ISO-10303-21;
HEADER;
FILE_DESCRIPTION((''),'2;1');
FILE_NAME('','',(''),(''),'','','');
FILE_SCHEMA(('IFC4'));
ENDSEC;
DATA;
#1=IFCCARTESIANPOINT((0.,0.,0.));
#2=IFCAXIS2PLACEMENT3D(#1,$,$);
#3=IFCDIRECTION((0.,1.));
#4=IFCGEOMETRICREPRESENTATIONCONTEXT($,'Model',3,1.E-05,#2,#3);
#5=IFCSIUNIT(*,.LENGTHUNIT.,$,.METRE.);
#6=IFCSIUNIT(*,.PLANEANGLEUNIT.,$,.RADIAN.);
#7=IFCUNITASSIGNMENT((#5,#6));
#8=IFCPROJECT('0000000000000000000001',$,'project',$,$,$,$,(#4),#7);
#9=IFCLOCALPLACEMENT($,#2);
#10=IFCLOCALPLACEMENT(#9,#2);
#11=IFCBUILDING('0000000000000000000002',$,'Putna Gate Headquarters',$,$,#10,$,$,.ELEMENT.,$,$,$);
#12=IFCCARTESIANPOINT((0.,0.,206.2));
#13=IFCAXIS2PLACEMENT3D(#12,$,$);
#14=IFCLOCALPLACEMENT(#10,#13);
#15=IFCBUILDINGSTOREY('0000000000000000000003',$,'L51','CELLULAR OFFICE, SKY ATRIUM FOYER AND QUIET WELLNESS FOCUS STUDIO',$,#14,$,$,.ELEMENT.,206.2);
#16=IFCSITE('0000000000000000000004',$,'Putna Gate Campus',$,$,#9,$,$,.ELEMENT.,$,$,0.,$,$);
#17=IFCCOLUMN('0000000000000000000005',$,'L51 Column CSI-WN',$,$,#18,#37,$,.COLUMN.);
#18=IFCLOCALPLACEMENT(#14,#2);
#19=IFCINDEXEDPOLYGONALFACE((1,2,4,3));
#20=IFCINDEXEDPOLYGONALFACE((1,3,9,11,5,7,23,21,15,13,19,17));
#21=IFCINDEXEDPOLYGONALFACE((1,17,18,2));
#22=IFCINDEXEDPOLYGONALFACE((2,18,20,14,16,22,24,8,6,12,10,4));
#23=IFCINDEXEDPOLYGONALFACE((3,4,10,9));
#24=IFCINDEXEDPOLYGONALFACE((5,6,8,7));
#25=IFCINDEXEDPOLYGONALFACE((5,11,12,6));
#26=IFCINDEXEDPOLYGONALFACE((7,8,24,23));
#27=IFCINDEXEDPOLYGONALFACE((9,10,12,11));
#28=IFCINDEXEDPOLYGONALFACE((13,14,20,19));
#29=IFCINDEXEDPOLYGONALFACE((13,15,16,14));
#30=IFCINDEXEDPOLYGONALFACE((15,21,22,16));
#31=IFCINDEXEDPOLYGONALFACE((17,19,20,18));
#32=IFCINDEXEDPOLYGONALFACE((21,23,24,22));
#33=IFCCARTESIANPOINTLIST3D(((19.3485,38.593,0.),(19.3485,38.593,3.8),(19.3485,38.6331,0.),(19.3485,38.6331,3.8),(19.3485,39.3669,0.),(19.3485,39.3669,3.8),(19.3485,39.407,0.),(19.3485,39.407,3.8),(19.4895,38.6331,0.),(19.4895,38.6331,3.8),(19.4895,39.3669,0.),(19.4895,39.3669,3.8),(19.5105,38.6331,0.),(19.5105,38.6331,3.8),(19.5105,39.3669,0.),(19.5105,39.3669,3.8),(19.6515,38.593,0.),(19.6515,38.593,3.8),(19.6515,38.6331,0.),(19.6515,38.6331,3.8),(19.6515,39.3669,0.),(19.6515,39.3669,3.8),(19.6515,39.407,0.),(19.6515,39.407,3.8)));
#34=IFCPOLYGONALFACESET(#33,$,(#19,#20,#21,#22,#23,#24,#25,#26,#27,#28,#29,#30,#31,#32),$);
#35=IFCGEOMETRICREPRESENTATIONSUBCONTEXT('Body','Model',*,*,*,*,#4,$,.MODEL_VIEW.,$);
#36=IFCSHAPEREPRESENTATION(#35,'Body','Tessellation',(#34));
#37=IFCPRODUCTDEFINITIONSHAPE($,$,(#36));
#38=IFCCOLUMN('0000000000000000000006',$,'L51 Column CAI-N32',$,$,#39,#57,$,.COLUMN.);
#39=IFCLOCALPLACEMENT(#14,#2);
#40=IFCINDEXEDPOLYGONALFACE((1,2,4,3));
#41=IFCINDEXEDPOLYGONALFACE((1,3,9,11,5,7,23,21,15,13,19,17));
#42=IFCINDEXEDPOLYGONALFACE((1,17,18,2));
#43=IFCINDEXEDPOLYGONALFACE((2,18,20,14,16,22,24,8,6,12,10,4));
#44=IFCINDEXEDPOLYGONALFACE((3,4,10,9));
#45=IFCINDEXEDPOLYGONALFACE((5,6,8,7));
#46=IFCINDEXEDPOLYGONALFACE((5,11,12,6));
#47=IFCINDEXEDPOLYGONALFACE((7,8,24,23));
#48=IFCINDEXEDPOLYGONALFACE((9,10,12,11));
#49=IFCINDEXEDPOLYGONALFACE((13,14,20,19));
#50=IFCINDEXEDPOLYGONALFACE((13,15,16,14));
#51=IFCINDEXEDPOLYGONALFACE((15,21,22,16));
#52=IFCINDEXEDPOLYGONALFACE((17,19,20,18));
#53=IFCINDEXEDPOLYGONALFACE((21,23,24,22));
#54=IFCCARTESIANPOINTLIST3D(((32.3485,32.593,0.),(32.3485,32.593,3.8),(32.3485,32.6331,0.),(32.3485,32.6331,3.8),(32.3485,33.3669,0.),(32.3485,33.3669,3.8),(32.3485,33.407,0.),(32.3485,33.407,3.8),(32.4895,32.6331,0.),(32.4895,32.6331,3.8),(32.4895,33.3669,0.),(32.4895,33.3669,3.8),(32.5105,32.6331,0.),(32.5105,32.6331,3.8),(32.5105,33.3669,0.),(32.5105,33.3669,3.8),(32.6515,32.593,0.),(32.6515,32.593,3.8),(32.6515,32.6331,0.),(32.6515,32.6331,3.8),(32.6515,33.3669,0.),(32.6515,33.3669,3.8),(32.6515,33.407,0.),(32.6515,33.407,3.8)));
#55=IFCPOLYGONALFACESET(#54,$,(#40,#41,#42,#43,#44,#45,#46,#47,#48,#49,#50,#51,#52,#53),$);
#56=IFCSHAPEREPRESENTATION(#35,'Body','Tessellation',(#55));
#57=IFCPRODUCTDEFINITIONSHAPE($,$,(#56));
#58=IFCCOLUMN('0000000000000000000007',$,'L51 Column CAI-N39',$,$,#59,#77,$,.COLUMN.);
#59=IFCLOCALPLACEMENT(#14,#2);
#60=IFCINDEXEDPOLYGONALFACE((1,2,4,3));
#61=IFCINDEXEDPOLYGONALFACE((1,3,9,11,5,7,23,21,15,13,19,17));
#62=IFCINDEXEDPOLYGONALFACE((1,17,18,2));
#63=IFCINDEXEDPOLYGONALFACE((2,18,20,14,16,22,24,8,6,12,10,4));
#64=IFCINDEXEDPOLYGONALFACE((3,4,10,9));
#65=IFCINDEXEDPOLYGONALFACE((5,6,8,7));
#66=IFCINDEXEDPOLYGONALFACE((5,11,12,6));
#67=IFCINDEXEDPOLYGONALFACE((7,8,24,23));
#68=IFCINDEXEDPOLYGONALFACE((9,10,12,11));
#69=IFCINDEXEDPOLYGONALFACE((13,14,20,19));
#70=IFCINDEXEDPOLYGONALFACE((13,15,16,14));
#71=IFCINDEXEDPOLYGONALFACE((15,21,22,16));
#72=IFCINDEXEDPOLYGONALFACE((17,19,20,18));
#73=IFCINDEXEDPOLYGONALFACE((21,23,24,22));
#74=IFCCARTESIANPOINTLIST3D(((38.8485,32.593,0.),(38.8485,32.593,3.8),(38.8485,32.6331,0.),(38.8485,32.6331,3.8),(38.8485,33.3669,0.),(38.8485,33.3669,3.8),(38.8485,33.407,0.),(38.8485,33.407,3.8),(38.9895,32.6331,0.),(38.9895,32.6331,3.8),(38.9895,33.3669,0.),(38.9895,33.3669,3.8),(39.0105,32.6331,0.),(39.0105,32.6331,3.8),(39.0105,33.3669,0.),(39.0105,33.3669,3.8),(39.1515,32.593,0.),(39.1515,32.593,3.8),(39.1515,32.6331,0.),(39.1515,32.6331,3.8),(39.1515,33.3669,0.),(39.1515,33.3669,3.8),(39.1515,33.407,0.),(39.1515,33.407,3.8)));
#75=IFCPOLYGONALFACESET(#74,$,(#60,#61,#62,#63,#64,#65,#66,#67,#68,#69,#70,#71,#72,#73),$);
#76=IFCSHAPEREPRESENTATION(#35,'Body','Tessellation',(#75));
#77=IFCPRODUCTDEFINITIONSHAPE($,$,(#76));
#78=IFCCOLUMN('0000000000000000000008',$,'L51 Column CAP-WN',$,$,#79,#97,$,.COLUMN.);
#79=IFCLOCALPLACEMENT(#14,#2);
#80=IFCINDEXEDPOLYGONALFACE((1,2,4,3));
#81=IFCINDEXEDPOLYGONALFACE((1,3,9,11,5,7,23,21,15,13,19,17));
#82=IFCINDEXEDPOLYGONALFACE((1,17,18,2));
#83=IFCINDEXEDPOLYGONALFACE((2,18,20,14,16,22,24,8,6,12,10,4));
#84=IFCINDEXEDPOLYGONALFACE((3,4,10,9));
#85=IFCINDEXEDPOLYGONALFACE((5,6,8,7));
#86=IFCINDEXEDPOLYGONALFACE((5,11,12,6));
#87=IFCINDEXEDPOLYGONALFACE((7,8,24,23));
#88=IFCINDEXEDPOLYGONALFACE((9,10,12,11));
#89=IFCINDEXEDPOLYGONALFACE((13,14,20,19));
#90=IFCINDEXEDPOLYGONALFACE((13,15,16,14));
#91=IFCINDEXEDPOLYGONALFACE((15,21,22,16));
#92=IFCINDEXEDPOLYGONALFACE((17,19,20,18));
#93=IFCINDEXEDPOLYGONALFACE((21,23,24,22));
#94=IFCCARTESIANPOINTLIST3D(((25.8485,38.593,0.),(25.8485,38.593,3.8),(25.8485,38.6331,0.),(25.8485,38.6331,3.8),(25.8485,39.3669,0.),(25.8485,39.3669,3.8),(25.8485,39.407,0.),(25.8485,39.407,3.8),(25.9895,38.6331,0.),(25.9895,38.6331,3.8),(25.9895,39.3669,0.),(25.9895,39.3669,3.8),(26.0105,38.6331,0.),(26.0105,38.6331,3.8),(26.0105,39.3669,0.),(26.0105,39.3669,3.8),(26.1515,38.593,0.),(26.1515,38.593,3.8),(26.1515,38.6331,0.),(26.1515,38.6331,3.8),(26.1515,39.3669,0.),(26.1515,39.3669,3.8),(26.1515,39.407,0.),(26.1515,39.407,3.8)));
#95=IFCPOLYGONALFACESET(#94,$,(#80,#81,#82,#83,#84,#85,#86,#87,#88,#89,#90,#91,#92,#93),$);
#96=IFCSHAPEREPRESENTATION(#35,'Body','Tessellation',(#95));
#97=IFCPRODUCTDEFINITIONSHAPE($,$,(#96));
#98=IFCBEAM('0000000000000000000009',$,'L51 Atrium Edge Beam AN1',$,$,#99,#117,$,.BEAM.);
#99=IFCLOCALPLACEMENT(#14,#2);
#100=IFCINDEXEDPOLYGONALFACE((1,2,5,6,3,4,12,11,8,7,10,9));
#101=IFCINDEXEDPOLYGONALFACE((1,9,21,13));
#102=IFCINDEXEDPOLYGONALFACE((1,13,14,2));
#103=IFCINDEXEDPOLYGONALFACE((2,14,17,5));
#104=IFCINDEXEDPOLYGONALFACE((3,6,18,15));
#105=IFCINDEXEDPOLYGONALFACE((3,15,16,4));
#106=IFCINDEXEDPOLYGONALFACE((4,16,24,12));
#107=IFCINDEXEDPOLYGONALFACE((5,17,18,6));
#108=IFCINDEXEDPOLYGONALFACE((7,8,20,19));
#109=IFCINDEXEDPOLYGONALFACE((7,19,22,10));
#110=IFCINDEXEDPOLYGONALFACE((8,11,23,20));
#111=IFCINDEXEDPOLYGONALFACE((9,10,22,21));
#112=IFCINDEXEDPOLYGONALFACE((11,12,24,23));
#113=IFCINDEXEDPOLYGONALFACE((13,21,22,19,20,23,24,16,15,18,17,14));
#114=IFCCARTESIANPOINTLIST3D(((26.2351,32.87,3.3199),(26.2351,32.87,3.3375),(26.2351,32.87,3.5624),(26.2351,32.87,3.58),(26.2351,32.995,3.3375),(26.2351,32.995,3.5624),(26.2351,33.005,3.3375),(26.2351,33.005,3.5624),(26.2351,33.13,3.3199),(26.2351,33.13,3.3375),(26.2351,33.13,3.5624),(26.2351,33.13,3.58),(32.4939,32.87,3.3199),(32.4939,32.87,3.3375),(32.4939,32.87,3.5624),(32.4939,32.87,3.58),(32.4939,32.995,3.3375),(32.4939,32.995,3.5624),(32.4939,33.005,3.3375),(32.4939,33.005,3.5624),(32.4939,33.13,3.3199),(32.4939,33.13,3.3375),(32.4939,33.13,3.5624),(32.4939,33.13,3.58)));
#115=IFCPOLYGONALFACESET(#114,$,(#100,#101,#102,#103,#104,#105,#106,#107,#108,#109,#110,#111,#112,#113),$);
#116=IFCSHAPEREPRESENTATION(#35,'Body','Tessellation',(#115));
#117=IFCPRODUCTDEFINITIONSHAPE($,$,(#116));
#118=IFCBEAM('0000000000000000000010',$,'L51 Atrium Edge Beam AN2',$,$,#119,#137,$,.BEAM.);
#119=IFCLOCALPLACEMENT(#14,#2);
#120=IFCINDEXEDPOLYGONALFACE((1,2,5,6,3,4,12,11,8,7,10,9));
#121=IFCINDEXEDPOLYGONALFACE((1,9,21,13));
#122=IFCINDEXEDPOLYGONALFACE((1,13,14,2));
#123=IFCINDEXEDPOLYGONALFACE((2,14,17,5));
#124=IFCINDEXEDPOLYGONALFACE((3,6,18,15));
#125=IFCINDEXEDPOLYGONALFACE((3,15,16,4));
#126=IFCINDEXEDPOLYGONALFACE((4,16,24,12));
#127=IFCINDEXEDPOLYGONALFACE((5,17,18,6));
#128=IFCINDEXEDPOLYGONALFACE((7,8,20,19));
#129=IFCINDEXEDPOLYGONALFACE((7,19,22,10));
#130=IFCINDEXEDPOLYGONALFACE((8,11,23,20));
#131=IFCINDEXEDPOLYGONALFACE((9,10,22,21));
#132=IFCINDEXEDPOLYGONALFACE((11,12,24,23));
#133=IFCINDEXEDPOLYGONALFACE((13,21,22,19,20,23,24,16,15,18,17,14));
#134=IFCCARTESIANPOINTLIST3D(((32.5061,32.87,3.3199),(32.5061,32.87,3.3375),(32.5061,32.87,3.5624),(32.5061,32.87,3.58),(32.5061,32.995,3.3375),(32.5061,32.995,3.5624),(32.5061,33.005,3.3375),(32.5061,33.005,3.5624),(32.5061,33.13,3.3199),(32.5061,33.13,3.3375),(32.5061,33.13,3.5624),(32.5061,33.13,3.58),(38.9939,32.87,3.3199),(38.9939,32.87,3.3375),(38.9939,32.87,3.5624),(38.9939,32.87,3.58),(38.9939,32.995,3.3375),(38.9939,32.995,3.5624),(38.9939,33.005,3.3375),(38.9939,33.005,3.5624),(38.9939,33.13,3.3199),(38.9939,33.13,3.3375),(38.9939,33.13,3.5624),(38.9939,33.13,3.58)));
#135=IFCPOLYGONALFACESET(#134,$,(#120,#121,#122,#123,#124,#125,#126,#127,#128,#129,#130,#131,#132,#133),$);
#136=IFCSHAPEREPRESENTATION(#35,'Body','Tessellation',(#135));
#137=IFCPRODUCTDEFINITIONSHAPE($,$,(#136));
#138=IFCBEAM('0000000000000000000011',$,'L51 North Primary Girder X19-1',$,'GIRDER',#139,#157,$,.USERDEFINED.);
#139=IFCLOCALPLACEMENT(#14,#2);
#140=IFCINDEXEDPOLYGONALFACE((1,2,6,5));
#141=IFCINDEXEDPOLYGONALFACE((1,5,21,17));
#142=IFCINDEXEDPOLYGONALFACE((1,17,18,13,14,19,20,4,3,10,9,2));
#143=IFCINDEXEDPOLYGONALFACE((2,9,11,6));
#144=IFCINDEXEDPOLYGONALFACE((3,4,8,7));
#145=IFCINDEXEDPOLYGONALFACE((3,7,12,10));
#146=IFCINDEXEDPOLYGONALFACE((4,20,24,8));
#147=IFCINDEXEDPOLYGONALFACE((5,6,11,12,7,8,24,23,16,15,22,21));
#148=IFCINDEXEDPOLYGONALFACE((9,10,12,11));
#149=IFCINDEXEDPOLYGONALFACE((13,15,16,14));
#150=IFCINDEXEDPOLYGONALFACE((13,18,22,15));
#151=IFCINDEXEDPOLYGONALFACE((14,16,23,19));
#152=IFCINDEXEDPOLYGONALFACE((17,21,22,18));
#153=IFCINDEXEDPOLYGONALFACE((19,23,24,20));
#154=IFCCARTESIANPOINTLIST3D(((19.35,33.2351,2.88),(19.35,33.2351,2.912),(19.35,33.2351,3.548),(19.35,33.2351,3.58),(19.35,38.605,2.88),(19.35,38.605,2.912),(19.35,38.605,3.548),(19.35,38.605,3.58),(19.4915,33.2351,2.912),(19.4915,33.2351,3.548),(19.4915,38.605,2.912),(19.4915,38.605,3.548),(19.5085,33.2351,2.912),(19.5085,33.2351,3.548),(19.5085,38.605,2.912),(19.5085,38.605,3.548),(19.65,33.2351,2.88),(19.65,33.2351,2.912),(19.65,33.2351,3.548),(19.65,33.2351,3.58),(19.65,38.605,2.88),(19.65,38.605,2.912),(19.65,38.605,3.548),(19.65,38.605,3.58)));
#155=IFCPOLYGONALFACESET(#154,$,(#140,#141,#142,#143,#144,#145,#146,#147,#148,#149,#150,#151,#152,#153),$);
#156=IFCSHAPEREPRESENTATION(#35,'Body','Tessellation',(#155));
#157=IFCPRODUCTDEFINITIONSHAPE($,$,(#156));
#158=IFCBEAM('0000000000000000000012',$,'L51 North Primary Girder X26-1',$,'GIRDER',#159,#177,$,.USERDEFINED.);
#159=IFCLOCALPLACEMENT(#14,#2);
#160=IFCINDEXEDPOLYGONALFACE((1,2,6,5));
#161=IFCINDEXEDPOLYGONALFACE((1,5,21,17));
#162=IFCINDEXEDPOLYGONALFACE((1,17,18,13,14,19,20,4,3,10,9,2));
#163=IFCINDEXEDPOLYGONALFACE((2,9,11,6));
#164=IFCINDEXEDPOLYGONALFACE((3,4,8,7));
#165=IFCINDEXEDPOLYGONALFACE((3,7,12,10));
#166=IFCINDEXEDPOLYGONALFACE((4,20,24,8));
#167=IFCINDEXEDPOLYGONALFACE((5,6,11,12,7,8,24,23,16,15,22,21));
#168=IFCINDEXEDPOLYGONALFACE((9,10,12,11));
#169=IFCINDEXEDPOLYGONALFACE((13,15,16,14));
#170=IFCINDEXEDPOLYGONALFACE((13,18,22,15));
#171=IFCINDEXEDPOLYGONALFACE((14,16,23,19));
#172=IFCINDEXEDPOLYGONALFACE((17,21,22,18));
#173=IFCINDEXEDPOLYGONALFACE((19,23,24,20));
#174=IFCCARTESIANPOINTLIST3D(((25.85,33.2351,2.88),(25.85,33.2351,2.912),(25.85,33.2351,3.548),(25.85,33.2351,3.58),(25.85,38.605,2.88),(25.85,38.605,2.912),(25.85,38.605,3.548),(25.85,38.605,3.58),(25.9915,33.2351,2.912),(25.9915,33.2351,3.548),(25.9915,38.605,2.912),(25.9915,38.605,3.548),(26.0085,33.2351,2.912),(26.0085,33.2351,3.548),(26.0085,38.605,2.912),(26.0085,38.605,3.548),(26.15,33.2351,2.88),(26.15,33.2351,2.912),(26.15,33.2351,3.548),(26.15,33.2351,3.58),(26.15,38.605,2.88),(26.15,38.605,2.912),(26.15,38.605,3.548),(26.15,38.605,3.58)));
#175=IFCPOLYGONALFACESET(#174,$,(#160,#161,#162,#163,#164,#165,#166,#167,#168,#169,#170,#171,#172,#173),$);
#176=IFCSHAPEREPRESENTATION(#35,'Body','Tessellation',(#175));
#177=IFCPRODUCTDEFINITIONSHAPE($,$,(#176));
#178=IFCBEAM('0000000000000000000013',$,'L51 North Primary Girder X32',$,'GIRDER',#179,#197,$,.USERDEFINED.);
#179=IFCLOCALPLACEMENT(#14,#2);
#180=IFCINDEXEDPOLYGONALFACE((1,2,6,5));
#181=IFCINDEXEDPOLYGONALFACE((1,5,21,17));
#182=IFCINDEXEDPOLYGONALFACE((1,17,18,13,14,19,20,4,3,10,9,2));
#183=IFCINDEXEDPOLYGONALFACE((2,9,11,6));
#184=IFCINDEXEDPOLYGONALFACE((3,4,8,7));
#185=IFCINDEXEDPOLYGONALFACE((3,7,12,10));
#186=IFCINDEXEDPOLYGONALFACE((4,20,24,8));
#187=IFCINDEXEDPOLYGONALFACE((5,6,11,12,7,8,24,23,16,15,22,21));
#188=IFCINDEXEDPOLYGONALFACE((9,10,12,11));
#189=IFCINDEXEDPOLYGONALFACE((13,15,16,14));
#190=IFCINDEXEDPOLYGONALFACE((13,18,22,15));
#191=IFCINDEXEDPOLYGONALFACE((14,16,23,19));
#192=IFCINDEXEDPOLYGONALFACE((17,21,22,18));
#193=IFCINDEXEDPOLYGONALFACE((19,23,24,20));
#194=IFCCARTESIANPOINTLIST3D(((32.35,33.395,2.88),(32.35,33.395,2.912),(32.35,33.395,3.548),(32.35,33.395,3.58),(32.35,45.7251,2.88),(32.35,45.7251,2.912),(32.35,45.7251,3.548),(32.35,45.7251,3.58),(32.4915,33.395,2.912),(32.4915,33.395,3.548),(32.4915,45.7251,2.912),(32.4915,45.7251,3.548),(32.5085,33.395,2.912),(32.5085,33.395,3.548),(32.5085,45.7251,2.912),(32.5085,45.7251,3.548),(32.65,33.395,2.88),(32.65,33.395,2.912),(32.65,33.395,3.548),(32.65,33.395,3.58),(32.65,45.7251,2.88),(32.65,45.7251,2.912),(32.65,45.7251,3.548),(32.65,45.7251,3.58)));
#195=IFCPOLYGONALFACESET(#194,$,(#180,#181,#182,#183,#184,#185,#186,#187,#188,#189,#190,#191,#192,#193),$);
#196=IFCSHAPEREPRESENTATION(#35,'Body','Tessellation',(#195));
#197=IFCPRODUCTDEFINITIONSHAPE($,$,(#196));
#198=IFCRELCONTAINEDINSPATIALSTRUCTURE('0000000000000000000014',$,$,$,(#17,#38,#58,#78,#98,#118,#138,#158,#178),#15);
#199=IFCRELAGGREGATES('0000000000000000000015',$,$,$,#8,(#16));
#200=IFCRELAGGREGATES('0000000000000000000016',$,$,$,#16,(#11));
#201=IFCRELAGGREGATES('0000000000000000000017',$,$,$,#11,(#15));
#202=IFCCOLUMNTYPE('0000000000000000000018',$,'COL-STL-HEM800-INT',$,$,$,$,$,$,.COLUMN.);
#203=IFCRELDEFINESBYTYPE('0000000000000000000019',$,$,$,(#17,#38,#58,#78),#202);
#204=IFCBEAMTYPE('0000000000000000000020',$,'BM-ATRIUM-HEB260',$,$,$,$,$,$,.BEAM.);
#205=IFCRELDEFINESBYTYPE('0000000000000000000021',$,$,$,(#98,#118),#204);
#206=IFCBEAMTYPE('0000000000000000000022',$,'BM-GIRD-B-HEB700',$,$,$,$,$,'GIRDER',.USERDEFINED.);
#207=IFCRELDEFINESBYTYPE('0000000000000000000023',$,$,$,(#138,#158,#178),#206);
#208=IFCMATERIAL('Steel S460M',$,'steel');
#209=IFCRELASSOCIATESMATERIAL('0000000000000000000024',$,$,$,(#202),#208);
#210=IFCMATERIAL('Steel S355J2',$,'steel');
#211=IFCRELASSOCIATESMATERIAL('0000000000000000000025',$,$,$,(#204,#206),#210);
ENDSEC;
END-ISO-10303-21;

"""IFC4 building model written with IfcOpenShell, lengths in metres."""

from ifc_helpers import new_model, si_unit, direction, frame, origin, origin_2d, place, context, subcontext, project, spatial, i_section, extrude, material, material_profile, profile_set, type_object, element, save


model = new_model("IFC4")

# Units and contexts
model_context = context("Model", 3, precision=1e-05, world=origin(), true_north=direction((0.0, 1.0)))
body_context = subcontext(model_context, "Body", "Model", "MODEL_VIEW")
ifc_project = project(units=[si_unit("LENGTHUNIT", "METRE"), si_unit("PLANEANGLEUNIT", "RADIAN")], contexts=[model_context])

# Site, building, storey
site_placement = place(None, origin())
site = spatial("IfcSite", under=ifc_project, at=site_placement, Name="Putna Gate Campus", CompositionType="ELEMENT", RefElevation=0.0)
building_placement = place(site_placement, origin())
building = spatial("IfcBuilding", under=site, at=building_placement, Name="Putna Gate Headquarters", CompositionType="ELEMENT")
storey_placement = place(building_placement, frame((0.0, 0.0, 206.2)))
storey = spatial("IfcBuildingStorey", under=building, at=storey_placement, Name="L51", Description="CELLULAR OFFICE, SKY ATRIUM FOYER AND QUIET WELLNESS FOCUS STUDIO", CompositionType="ELEMENT", Elevation=206.2)

# Columns
ifc_material_1 = material(Name="Steel S460M", Category="steel")
ifc_material_profile_1 = material_profile(ifc_material_1, i_section(OverallWidth=0.303, OverallDepth=0.814, WebThickness=0.021, FlangeThickness=0.04, at=origin_2d()), Name="Steel S460M")
ifc_profile_set_1 = profile_set([ifc_material_profile_1], Name="Steel S460M")
column_type = type_object("IfcColumnType", Name="COL-STL-HEM800-INT", PredefinedType="COLUMN", material=ifc_profile_set_1)
for number, where, z_axis, x_axis, name in (
    (1, (19.5, 39.0, 0.0), (0.0, 0.0, 1.0), (1.0, 0.0, 0.0), "L51 Column CSI-WN"),
    (2, (32.5, 33.0, 0.0), (0.0, 0.0, 1.0), (1.0, 0.0, 0.0), "L51 Column CAI-N32"),
    (3, (39.0, 33.0, 0.0), (0.0, 0.0, 1.0), (1.0, 0.0, 0.0), "L51 Column CAI-N39"),
    (4, (26.0, 39.0, 0.0), (0.0, 0.0, 1.0), (1.0, 0.0, 0.0), "L51 Column CAP-WN"),
):
    element("IfcColumn", number, at=place(storey_placement, frame(where, z_axis=z_axis, x_axis=x_axis)), inside=storey, type_object=column_type, Name=name, PredefinedType="COLUMN", context=body_context, shape_type="SweptSolid", body=[
        extrude(i_section(OverallWidth=0.303, OverallDepth=0.814, WebThickness=0.021, FlangeThickness=0.04, at=origin_2d()), origin(), (0.0, 0.0, 1.0), 3.8),
    ])

# Beams
ifc_material_2 = material(Name="Steel S355J2", Category="steel")
ifc_material_profile_2 = material_profile(ifc_material_2, i_section(OverallWidth=0.26, OverallDepth=0.26, WebThickness=0.01, FlangeThickness=0.0176, at=origin_2d()), Name="Steel S355J2")
ifc_profile_set_2 = profile_set([ifc_material_profile_2], Name="Steel S355J2")
beam_type_1 = type_object("IfcBeamType", Name="BM-ATRIUM-HEB260", PredefinedType="BEAM", material=ifc_profile_set_2)
beam_1_placement = place(storey_placement, frame((26.2351, 33.0, 3.45), z_axis=(1.0, 0.0, 0.0), x_axis=(0.0, 1.0, 0.0)))
element("IfcBeam", 5, at=beam_1_placement, inside=storey, type_object=beam_type_1, Name="L51 Atrium Edge Beam AN1", PredefinedType="BEAM", context=body_context, shape_type="SweptSolid", body=[
    extrude(i_section(OverallWidth=0.26, OverallDepth=0.26, WebThickness=0.01, FlangeThickness=0.0176, at=origin_2d()), origin(), (0.0, 0.0, 1.0), 6.2588),
])
beam_2_placement = place(storey_placement, frame((32.5061, 33.0, 3.45), z_axis=(1.0, 0.0, 0.0), x_axis=(0.0, 1.0, 0.0)))
element("IfcBeam", 6, at=beam_2_placement, inside=storey, type_object=beam_type_1, Name="L51 Atrium Edge Beam AN2", PredefinedType="BEAM", context=body_context, shape_type="SweptSolid", body=[
    extrude(i_section(OverallWidth=0.26, OverallDepth=0.26, WebThickness=0.01, FlangeThickness=0.0176, at=origin_2d()), origin(), (0.0, 0.0, 1.0), 6.4878),
])
ifc_material_profile_3 = material_profile(ifc_material_2, i_section(OverallWidth=0.3, OverallDepth=0.7, WebThickness=0.0171, FlangeThickness=0.032, at=origin_2d()), Name="Steel S355J2")
ifc_profile_set_3 = profile_set([ifc_material_profile_3], Name="Steel S355J2")
beam_type_2 = type_object("IfcBeamType", Name="BM-GIRD-B-HEB700", ElementType="GIRDER", PredefinedType="USERDEFINED", material=ifc_profile_set_3)
for number, where, z_axis, x_axis, name in (
    (7, (19.5, 33.2351, 3.23), (0.0, 1.0, 0.0), (-1.0, 0.0, 0.0), "L51 North Primary Girder X19-1"),
    (8, (26.0, 33.2351, 3.23), (0.0, 1.0, 0.0), (-1.0, 0.0, 0.0), "L51 North Primary Girder X26-1"),
):
    element("IfcBeam", number, at=place(storey_placement, frame(where, z_axis=z_axis, x_axis=x_axis)), inside=storey, type_object=beam_type_2, Name=name, ObjectType="GIRDER", PredefinedType="USERDEFINED", context=body_context, shape_type="SweptSolid", body=[
        extrude(i_section(OverallWidth=0.3, OverallDepth=0.7, WebThickness=0.0171, FlangeThickness=0.032, at=origin_2d()), origin(), (0.0, 0.0, 1.0), 5.3699),
    ])
beam_3_placement = place(storey_placement, frame((32.5, 33.395, 3.23), z_axis=(0.0, 1.0, 0.0), x_axis=(-1.0, 0.0, 0.0)))
element("IfcBeam", 9, at=beam_3_placement, inside=storey, type_object=beam_type_2, Name="L51 North Primary Girder X32", ObjectType="GIRDER", PredefinedType="USERDEFINED", context=body_context, shape_type="SweptSolid", body=[
    extrude(i_section(OverallWidth=0.3, OverallDepth=0.7, WebThickness=0.0171, FlangeThickness=0.032, at=origin_2d()), origin(), (0.0, 0.0, 1.0), 12.3301),
])

save(model, "model.ifc")
